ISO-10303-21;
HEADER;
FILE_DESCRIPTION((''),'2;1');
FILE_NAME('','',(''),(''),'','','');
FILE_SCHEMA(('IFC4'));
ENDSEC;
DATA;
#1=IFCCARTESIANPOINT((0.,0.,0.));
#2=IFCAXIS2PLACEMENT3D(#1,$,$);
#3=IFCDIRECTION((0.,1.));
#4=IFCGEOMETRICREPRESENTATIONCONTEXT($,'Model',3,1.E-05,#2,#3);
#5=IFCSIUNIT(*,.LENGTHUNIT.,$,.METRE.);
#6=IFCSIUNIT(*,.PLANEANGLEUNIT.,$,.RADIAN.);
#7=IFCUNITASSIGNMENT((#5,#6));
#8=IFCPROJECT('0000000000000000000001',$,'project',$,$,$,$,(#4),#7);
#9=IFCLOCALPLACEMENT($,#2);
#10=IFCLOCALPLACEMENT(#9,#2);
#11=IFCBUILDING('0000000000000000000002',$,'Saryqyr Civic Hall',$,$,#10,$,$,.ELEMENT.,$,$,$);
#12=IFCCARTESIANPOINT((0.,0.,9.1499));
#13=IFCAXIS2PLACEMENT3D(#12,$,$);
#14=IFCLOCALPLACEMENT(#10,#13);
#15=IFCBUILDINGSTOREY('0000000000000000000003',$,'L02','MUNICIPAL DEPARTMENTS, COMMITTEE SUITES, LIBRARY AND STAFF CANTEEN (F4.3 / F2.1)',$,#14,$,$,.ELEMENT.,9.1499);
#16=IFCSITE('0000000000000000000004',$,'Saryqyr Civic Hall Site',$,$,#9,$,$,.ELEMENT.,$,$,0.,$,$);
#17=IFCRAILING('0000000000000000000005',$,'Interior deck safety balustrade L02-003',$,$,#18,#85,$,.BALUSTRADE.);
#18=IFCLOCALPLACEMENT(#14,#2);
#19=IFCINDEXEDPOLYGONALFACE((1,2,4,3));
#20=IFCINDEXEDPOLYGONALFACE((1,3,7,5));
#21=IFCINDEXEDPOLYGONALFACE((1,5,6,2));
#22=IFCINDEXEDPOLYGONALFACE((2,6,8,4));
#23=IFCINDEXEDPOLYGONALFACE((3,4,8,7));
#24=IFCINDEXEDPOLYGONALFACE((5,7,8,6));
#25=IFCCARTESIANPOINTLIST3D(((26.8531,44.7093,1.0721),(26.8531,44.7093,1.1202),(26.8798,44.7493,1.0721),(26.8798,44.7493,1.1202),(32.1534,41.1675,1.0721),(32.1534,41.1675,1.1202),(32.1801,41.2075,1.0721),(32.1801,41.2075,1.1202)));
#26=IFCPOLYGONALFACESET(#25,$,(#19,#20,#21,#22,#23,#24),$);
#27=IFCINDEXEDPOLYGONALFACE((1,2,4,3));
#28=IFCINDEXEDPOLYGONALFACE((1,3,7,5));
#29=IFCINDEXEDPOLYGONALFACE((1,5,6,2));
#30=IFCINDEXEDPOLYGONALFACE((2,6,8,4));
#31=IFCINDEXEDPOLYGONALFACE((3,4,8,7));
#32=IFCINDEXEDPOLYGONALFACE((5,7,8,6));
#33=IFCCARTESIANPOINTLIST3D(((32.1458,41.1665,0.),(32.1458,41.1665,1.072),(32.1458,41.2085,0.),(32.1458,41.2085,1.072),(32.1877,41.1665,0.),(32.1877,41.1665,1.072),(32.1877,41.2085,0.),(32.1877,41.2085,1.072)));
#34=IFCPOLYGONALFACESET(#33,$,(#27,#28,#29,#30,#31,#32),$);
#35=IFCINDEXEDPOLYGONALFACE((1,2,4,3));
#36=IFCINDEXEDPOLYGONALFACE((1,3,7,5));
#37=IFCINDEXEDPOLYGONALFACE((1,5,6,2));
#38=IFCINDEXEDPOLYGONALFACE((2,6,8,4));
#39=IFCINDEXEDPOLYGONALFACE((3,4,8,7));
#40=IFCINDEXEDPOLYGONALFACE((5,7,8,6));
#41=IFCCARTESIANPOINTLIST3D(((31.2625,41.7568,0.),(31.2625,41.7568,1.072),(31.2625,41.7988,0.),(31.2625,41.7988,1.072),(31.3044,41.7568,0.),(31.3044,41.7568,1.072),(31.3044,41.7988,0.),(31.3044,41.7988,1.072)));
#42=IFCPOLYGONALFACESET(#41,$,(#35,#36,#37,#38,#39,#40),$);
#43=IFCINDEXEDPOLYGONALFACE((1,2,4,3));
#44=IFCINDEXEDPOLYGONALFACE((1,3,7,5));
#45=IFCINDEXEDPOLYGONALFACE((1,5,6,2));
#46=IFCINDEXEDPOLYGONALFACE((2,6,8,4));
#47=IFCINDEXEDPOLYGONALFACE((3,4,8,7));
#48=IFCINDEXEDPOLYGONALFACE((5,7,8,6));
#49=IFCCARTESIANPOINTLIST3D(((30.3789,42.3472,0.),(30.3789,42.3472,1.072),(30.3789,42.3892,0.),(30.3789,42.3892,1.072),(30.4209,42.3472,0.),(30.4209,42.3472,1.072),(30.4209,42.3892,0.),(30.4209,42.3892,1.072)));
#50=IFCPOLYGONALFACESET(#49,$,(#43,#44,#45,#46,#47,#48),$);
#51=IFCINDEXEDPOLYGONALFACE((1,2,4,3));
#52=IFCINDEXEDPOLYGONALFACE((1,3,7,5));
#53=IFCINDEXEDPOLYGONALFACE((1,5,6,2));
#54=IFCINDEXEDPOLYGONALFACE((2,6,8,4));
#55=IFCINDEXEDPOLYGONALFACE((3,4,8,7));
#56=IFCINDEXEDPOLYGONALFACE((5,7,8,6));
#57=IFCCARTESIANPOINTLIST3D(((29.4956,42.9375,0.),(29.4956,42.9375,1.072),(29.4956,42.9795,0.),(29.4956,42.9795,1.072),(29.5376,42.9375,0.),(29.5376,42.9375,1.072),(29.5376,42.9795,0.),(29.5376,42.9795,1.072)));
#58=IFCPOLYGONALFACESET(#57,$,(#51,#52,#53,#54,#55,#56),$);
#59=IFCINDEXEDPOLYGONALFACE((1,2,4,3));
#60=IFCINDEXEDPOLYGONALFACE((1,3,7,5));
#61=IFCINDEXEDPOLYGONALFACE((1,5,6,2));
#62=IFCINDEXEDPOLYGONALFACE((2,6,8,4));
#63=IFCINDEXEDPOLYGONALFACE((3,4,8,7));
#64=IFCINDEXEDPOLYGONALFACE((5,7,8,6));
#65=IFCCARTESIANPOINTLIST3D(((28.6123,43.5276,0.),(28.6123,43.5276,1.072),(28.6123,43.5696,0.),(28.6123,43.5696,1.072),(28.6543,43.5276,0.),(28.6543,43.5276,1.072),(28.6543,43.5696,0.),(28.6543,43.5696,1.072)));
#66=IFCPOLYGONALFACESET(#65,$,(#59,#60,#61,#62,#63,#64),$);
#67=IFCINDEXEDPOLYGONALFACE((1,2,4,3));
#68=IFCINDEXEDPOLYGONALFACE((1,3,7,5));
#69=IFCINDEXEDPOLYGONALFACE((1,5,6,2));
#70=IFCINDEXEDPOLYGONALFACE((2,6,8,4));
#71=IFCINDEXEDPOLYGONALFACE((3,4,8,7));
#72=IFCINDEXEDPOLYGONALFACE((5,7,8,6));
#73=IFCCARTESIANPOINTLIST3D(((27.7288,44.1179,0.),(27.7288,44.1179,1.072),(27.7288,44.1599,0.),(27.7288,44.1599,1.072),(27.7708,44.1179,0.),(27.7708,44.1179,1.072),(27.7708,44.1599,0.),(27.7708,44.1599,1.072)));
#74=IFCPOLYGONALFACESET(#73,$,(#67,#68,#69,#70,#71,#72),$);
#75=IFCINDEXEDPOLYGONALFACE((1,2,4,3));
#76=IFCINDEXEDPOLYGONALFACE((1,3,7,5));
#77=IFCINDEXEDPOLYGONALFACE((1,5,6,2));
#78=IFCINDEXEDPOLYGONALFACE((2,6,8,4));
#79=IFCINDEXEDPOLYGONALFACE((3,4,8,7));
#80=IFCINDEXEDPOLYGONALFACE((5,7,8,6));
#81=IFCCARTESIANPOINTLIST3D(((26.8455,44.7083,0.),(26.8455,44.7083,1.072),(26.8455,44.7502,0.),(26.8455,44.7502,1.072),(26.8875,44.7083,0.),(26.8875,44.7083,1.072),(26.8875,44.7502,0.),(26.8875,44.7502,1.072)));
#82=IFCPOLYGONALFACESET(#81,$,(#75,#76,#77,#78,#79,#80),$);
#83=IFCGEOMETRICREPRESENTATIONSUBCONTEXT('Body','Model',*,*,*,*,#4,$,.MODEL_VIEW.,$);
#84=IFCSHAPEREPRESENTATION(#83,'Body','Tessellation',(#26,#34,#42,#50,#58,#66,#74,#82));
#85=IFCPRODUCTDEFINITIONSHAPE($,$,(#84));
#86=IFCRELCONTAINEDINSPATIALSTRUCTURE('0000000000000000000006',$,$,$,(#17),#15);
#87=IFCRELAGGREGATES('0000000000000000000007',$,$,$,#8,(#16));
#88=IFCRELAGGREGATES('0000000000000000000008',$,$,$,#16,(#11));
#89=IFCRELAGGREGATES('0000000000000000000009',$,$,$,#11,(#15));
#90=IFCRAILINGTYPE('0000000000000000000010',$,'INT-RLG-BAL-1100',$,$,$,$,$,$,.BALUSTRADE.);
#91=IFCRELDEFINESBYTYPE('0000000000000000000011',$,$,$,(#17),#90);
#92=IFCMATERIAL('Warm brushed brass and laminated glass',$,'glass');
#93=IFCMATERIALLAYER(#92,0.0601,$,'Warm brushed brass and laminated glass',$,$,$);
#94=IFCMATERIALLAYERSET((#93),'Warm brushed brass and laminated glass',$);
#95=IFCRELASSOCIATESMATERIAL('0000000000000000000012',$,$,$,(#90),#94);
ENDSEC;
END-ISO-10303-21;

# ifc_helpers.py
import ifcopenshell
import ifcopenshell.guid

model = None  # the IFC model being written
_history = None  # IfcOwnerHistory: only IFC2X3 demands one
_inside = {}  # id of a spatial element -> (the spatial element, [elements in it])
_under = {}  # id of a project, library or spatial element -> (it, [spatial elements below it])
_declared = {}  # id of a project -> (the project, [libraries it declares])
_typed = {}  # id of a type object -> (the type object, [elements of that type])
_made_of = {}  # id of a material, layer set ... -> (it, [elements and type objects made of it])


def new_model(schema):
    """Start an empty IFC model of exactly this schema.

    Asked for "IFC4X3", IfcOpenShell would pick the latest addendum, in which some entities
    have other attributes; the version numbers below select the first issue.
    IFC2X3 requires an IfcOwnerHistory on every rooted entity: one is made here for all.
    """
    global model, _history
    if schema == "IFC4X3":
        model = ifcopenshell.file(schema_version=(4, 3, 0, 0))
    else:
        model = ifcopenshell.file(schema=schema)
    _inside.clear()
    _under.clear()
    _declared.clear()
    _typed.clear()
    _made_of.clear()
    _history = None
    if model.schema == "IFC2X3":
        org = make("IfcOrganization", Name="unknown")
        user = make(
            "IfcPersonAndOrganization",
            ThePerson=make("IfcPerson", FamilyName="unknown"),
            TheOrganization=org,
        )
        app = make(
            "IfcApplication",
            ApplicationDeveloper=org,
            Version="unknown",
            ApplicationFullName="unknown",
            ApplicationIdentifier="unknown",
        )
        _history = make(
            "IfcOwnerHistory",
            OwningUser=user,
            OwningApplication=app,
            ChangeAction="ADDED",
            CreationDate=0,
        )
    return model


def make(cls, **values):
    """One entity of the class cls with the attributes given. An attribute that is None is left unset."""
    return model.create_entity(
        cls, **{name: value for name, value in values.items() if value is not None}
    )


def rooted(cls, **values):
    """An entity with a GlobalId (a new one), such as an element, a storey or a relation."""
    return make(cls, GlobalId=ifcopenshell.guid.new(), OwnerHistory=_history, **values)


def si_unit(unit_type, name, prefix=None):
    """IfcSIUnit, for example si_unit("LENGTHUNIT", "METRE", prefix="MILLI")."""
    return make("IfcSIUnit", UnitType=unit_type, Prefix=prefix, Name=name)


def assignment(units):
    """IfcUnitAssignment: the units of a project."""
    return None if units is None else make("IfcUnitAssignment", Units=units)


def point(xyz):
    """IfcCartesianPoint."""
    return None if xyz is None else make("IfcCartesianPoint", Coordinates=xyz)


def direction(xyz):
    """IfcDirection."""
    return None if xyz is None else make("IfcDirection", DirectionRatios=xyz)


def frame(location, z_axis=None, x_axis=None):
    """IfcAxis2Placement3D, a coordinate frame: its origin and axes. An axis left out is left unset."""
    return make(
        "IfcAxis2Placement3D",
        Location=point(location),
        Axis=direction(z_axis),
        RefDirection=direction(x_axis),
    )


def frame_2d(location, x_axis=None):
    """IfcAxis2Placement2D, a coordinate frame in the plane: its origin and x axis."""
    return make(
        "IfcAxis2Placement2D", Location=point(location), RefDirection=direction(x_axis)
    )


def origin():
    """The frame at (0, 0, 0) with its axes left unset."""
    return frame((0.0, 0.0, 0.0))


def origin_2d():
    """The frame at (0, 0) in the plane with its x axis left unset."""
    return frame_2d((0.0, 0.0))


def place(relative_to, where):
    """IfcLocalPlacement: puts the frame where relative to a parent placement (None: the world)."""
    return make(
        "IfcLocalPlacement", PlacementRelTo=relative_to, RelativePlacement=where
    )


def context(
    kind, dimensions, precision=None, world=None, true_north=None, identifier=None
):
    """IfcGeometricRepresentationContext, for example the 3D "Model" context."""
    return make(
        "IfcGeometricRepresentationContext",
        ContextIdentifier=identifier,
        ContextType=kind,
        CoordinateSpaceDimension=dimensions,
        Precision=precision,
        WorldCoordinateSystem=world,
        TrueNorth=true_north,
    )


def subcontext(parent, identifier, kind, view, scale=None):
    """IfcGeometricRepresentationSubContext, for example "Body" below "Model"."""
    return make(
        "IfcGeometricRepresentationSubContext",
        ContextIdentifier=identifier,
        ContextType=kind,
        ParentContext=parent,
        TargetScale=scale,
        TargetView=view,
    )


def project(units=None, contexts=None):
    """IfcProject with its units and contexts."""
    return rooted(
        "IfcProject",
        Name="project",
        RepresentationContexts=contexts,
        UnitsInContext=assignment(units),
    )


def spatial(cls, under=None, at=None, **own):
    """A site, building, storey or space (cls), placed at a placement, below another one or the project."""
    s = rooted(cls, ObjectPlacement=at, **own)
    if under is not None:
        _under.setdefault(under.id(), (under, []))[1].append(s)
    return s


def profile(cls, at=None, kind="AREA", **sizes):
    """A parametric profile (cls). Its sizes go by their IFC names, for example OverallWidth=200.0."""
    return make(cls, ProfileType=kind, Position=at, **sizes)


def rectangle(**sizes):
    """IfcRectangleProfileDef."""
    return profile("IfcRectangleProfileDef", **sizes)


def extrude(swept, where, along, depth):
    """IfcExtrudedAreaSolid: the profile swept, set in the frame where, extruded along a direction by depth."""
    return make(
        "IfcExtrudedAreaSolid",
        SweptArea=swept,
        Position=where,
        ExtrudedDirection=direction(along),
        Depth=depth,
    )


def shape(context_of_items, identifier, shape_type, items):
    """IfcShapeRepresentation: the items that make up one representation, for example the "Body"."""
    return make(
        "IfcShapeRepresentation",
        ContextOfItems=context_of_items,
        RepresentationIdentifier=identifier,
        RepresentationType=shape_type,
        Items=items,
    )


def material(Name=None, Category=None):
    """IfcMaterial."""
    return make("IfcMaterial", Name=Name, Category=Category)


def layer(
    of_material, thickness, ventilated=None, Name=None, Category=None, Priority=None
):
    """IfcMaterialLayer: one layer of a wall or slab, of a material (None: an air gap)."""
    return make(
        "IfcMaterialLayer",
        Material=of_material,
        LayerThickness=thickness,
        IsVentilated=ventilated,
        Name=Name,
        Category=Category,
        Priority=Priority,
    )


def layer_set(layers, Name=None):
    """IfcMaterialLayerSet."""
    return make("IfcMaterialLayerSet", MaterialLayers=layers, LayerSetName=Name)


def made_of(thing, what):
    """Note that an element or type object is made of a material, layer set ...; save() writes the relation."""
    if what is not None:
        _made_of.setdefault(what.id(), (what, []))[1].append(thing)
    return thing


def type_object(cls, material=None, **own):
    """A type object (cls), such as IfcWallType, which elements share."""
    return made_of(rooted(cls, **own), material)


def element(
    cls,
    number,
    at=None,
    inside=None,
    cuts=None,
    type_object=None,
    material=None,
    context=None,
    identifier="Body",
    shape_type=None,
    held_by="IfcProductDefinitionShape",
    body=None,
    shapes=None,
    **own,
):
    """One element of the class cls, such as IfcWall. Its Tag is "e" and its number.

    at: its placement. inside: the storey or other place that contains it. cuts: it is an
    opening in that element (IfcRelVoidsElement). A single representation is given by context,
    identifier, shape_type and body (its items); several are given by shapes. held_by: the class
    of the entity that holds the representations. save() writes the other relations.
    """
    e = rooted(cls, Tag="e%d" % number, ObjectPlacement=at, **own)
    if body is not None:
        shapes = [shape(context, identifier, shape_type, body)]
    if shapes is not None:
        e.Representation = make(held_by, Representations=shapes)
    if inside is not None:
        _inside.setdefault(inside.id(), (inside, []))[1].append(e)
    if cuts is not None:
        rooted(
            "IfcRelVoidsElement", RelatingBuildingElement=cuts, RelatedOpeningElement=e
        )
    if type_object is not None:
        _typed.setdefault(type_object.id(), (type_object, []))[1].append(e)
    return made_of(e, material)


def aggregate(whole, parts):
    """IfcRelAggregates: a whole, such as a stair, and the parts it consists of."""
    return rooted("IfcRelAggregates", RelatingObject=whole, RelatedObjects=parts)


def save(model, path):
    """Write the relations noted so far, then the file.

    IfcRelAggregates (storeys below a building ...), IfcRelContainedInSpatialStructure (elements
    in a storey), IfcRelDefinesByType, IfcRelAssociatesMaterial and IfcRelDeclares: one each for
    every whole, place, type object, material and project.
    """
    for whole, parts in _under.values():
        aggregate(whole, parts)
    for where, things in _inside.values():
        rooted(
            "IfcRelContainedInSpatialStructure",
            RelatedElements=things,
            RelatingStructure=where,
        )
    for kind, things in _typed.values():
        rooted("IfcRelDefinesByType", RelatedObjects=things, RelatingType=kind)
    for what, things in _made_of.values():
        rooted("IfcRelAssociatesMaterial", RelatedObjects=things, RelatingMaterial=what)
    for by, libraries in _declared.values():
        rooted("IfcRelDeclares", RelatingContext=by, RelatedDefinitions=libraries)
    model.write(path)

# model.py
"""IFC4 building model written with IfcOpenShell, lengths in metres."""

from ifc_helpers import new_model, si_unit, direction, frame, origin, origin_2d, place, context, subcontext, project, spatial, rectangle, extrude, material, layer, layer_set, type_object, element, save


model = new_model("IFC4")

# Units and contexts
model_context = context("Model", 3, precision=1e-05, world=origin(), true_north=direction((0.0, 1.0)))
body_context = subcontext(model_context, "Body", "Model", "MODEL_VIEW")
ifc_project = project(units=[si_unit("LENGTHUNIT", "METRE"), si_unit("PLANEANGLEUNIT", "RADIAN")], contexts=[model_context])

# Site, building, storey
site_placement = place(None, origin())
site = spatial("IfcSite", under=ifc_project, at=site_placement, Name="Saryqyr Civic Hall Site", CompositionType="ELEMENT", RefElevation=0.0)
building_placement = place(site_placement, origin())
building = spatial("IfcBuilding", under=site, at=building_placement, Name="Saryqyr Civic Hall", CompositionType="ELEMENT")
storey_placement = place(building_placement, frame((0.0, 0.0, 9.1499)))
storey = spatial("IfcBuildingStorey", under=building, at=storey_placement, Name="L02", Description="MUNICIPAL DEPARTMENTS, COMMITTEE SUITES, LIBRARY AND STAFF CANTEEN (F4.3 / F2.1)", CompositionType="ELEMENT", Elevation=9.1499)

# Railing
ifc_material_1 = material(Name="Warm brushed brass and laminated glass", Category="glass")
ifc_layer_1 = layer(ifc_material_1, 0.0601, Name="Warm brushed brass and laminated glass")
ifc_layer_set_1 = layer_set([ifc_layer_1], Name="Warm brushed brass and laminated glass")
railing_type = type_object("IfcRailingType", Name="INT-RLG-BAL-1100", PredefinedType="BALUSTRADE", material=ifc_layer_set_1)
railing_1_placement = place(storey_placement, frame((32.1667, 41.1875, 0.0)))
element("IfcRailing", 1, at=railing_1_placement, inside=storey, type_object=railing_type, Name="Interior deck safety balustrade L02-003", PredefinedType="BALUSTRADE", context=body_context, shape_type="SweptSolid", body=[
    extrude(rectangle(XDim=0.0481, YDim=0.0481, at=origin_2d()), frame((0.0, 0.0, 1.0962), z_axis=(-0.831455, 0.555593, 0.0), x_axis=(-0.555593, -0.831455, 0.0)), (0.0, 0.0, 1.0), 6.3748),
    extrude(rectangle(XDim=0.042, YDim=0.042, at=origin_2d()), origin(), (0.0, 0.0, 1.0), 1.072),
    extrude(rectangle(XDim=0.042, YDim=0.042, at=origin_2d()), frame((-0.8833, 0.5903, 0.0)), (0.0, 0.0, 1.0), 1.072),
    extrude(rectangle(XDim=0.042, YDim=0.042, at=origin_2d()), frame((-1.7668, 1.1807, 0.0)), (0.0, 0.0, 1.0), 1.072),
    extrude(rectangle(XDim=0.042, YDim=0.042, at=origin_2d()), frame((-2.6501, 1.771, 0.0)), (0.0, 0.0, 1.0), 1.072),
    extrude(rectangle(XDim=0.042, YDim=0.042, at=origin_2d()), frame((-3.5334, 2.3611, 0.0)), (0.0, 0.0, 1.0), 1.072),
    extrude(rectangle(XDim=0.042, YDim=0.042, at=origin_2d()), frame((-4.417, 2.9514, 0.0)), (0.0, 0.0, 1.0), 1.072),
    extrude(rectangle(XDim=0.042, YDim=0.042, at=origin_2d()), frame((-5.3003, 3.5417, 0.0)), (0.0, 0.0, 1.0), 1.072),
])

save(model, "model.ifc")
